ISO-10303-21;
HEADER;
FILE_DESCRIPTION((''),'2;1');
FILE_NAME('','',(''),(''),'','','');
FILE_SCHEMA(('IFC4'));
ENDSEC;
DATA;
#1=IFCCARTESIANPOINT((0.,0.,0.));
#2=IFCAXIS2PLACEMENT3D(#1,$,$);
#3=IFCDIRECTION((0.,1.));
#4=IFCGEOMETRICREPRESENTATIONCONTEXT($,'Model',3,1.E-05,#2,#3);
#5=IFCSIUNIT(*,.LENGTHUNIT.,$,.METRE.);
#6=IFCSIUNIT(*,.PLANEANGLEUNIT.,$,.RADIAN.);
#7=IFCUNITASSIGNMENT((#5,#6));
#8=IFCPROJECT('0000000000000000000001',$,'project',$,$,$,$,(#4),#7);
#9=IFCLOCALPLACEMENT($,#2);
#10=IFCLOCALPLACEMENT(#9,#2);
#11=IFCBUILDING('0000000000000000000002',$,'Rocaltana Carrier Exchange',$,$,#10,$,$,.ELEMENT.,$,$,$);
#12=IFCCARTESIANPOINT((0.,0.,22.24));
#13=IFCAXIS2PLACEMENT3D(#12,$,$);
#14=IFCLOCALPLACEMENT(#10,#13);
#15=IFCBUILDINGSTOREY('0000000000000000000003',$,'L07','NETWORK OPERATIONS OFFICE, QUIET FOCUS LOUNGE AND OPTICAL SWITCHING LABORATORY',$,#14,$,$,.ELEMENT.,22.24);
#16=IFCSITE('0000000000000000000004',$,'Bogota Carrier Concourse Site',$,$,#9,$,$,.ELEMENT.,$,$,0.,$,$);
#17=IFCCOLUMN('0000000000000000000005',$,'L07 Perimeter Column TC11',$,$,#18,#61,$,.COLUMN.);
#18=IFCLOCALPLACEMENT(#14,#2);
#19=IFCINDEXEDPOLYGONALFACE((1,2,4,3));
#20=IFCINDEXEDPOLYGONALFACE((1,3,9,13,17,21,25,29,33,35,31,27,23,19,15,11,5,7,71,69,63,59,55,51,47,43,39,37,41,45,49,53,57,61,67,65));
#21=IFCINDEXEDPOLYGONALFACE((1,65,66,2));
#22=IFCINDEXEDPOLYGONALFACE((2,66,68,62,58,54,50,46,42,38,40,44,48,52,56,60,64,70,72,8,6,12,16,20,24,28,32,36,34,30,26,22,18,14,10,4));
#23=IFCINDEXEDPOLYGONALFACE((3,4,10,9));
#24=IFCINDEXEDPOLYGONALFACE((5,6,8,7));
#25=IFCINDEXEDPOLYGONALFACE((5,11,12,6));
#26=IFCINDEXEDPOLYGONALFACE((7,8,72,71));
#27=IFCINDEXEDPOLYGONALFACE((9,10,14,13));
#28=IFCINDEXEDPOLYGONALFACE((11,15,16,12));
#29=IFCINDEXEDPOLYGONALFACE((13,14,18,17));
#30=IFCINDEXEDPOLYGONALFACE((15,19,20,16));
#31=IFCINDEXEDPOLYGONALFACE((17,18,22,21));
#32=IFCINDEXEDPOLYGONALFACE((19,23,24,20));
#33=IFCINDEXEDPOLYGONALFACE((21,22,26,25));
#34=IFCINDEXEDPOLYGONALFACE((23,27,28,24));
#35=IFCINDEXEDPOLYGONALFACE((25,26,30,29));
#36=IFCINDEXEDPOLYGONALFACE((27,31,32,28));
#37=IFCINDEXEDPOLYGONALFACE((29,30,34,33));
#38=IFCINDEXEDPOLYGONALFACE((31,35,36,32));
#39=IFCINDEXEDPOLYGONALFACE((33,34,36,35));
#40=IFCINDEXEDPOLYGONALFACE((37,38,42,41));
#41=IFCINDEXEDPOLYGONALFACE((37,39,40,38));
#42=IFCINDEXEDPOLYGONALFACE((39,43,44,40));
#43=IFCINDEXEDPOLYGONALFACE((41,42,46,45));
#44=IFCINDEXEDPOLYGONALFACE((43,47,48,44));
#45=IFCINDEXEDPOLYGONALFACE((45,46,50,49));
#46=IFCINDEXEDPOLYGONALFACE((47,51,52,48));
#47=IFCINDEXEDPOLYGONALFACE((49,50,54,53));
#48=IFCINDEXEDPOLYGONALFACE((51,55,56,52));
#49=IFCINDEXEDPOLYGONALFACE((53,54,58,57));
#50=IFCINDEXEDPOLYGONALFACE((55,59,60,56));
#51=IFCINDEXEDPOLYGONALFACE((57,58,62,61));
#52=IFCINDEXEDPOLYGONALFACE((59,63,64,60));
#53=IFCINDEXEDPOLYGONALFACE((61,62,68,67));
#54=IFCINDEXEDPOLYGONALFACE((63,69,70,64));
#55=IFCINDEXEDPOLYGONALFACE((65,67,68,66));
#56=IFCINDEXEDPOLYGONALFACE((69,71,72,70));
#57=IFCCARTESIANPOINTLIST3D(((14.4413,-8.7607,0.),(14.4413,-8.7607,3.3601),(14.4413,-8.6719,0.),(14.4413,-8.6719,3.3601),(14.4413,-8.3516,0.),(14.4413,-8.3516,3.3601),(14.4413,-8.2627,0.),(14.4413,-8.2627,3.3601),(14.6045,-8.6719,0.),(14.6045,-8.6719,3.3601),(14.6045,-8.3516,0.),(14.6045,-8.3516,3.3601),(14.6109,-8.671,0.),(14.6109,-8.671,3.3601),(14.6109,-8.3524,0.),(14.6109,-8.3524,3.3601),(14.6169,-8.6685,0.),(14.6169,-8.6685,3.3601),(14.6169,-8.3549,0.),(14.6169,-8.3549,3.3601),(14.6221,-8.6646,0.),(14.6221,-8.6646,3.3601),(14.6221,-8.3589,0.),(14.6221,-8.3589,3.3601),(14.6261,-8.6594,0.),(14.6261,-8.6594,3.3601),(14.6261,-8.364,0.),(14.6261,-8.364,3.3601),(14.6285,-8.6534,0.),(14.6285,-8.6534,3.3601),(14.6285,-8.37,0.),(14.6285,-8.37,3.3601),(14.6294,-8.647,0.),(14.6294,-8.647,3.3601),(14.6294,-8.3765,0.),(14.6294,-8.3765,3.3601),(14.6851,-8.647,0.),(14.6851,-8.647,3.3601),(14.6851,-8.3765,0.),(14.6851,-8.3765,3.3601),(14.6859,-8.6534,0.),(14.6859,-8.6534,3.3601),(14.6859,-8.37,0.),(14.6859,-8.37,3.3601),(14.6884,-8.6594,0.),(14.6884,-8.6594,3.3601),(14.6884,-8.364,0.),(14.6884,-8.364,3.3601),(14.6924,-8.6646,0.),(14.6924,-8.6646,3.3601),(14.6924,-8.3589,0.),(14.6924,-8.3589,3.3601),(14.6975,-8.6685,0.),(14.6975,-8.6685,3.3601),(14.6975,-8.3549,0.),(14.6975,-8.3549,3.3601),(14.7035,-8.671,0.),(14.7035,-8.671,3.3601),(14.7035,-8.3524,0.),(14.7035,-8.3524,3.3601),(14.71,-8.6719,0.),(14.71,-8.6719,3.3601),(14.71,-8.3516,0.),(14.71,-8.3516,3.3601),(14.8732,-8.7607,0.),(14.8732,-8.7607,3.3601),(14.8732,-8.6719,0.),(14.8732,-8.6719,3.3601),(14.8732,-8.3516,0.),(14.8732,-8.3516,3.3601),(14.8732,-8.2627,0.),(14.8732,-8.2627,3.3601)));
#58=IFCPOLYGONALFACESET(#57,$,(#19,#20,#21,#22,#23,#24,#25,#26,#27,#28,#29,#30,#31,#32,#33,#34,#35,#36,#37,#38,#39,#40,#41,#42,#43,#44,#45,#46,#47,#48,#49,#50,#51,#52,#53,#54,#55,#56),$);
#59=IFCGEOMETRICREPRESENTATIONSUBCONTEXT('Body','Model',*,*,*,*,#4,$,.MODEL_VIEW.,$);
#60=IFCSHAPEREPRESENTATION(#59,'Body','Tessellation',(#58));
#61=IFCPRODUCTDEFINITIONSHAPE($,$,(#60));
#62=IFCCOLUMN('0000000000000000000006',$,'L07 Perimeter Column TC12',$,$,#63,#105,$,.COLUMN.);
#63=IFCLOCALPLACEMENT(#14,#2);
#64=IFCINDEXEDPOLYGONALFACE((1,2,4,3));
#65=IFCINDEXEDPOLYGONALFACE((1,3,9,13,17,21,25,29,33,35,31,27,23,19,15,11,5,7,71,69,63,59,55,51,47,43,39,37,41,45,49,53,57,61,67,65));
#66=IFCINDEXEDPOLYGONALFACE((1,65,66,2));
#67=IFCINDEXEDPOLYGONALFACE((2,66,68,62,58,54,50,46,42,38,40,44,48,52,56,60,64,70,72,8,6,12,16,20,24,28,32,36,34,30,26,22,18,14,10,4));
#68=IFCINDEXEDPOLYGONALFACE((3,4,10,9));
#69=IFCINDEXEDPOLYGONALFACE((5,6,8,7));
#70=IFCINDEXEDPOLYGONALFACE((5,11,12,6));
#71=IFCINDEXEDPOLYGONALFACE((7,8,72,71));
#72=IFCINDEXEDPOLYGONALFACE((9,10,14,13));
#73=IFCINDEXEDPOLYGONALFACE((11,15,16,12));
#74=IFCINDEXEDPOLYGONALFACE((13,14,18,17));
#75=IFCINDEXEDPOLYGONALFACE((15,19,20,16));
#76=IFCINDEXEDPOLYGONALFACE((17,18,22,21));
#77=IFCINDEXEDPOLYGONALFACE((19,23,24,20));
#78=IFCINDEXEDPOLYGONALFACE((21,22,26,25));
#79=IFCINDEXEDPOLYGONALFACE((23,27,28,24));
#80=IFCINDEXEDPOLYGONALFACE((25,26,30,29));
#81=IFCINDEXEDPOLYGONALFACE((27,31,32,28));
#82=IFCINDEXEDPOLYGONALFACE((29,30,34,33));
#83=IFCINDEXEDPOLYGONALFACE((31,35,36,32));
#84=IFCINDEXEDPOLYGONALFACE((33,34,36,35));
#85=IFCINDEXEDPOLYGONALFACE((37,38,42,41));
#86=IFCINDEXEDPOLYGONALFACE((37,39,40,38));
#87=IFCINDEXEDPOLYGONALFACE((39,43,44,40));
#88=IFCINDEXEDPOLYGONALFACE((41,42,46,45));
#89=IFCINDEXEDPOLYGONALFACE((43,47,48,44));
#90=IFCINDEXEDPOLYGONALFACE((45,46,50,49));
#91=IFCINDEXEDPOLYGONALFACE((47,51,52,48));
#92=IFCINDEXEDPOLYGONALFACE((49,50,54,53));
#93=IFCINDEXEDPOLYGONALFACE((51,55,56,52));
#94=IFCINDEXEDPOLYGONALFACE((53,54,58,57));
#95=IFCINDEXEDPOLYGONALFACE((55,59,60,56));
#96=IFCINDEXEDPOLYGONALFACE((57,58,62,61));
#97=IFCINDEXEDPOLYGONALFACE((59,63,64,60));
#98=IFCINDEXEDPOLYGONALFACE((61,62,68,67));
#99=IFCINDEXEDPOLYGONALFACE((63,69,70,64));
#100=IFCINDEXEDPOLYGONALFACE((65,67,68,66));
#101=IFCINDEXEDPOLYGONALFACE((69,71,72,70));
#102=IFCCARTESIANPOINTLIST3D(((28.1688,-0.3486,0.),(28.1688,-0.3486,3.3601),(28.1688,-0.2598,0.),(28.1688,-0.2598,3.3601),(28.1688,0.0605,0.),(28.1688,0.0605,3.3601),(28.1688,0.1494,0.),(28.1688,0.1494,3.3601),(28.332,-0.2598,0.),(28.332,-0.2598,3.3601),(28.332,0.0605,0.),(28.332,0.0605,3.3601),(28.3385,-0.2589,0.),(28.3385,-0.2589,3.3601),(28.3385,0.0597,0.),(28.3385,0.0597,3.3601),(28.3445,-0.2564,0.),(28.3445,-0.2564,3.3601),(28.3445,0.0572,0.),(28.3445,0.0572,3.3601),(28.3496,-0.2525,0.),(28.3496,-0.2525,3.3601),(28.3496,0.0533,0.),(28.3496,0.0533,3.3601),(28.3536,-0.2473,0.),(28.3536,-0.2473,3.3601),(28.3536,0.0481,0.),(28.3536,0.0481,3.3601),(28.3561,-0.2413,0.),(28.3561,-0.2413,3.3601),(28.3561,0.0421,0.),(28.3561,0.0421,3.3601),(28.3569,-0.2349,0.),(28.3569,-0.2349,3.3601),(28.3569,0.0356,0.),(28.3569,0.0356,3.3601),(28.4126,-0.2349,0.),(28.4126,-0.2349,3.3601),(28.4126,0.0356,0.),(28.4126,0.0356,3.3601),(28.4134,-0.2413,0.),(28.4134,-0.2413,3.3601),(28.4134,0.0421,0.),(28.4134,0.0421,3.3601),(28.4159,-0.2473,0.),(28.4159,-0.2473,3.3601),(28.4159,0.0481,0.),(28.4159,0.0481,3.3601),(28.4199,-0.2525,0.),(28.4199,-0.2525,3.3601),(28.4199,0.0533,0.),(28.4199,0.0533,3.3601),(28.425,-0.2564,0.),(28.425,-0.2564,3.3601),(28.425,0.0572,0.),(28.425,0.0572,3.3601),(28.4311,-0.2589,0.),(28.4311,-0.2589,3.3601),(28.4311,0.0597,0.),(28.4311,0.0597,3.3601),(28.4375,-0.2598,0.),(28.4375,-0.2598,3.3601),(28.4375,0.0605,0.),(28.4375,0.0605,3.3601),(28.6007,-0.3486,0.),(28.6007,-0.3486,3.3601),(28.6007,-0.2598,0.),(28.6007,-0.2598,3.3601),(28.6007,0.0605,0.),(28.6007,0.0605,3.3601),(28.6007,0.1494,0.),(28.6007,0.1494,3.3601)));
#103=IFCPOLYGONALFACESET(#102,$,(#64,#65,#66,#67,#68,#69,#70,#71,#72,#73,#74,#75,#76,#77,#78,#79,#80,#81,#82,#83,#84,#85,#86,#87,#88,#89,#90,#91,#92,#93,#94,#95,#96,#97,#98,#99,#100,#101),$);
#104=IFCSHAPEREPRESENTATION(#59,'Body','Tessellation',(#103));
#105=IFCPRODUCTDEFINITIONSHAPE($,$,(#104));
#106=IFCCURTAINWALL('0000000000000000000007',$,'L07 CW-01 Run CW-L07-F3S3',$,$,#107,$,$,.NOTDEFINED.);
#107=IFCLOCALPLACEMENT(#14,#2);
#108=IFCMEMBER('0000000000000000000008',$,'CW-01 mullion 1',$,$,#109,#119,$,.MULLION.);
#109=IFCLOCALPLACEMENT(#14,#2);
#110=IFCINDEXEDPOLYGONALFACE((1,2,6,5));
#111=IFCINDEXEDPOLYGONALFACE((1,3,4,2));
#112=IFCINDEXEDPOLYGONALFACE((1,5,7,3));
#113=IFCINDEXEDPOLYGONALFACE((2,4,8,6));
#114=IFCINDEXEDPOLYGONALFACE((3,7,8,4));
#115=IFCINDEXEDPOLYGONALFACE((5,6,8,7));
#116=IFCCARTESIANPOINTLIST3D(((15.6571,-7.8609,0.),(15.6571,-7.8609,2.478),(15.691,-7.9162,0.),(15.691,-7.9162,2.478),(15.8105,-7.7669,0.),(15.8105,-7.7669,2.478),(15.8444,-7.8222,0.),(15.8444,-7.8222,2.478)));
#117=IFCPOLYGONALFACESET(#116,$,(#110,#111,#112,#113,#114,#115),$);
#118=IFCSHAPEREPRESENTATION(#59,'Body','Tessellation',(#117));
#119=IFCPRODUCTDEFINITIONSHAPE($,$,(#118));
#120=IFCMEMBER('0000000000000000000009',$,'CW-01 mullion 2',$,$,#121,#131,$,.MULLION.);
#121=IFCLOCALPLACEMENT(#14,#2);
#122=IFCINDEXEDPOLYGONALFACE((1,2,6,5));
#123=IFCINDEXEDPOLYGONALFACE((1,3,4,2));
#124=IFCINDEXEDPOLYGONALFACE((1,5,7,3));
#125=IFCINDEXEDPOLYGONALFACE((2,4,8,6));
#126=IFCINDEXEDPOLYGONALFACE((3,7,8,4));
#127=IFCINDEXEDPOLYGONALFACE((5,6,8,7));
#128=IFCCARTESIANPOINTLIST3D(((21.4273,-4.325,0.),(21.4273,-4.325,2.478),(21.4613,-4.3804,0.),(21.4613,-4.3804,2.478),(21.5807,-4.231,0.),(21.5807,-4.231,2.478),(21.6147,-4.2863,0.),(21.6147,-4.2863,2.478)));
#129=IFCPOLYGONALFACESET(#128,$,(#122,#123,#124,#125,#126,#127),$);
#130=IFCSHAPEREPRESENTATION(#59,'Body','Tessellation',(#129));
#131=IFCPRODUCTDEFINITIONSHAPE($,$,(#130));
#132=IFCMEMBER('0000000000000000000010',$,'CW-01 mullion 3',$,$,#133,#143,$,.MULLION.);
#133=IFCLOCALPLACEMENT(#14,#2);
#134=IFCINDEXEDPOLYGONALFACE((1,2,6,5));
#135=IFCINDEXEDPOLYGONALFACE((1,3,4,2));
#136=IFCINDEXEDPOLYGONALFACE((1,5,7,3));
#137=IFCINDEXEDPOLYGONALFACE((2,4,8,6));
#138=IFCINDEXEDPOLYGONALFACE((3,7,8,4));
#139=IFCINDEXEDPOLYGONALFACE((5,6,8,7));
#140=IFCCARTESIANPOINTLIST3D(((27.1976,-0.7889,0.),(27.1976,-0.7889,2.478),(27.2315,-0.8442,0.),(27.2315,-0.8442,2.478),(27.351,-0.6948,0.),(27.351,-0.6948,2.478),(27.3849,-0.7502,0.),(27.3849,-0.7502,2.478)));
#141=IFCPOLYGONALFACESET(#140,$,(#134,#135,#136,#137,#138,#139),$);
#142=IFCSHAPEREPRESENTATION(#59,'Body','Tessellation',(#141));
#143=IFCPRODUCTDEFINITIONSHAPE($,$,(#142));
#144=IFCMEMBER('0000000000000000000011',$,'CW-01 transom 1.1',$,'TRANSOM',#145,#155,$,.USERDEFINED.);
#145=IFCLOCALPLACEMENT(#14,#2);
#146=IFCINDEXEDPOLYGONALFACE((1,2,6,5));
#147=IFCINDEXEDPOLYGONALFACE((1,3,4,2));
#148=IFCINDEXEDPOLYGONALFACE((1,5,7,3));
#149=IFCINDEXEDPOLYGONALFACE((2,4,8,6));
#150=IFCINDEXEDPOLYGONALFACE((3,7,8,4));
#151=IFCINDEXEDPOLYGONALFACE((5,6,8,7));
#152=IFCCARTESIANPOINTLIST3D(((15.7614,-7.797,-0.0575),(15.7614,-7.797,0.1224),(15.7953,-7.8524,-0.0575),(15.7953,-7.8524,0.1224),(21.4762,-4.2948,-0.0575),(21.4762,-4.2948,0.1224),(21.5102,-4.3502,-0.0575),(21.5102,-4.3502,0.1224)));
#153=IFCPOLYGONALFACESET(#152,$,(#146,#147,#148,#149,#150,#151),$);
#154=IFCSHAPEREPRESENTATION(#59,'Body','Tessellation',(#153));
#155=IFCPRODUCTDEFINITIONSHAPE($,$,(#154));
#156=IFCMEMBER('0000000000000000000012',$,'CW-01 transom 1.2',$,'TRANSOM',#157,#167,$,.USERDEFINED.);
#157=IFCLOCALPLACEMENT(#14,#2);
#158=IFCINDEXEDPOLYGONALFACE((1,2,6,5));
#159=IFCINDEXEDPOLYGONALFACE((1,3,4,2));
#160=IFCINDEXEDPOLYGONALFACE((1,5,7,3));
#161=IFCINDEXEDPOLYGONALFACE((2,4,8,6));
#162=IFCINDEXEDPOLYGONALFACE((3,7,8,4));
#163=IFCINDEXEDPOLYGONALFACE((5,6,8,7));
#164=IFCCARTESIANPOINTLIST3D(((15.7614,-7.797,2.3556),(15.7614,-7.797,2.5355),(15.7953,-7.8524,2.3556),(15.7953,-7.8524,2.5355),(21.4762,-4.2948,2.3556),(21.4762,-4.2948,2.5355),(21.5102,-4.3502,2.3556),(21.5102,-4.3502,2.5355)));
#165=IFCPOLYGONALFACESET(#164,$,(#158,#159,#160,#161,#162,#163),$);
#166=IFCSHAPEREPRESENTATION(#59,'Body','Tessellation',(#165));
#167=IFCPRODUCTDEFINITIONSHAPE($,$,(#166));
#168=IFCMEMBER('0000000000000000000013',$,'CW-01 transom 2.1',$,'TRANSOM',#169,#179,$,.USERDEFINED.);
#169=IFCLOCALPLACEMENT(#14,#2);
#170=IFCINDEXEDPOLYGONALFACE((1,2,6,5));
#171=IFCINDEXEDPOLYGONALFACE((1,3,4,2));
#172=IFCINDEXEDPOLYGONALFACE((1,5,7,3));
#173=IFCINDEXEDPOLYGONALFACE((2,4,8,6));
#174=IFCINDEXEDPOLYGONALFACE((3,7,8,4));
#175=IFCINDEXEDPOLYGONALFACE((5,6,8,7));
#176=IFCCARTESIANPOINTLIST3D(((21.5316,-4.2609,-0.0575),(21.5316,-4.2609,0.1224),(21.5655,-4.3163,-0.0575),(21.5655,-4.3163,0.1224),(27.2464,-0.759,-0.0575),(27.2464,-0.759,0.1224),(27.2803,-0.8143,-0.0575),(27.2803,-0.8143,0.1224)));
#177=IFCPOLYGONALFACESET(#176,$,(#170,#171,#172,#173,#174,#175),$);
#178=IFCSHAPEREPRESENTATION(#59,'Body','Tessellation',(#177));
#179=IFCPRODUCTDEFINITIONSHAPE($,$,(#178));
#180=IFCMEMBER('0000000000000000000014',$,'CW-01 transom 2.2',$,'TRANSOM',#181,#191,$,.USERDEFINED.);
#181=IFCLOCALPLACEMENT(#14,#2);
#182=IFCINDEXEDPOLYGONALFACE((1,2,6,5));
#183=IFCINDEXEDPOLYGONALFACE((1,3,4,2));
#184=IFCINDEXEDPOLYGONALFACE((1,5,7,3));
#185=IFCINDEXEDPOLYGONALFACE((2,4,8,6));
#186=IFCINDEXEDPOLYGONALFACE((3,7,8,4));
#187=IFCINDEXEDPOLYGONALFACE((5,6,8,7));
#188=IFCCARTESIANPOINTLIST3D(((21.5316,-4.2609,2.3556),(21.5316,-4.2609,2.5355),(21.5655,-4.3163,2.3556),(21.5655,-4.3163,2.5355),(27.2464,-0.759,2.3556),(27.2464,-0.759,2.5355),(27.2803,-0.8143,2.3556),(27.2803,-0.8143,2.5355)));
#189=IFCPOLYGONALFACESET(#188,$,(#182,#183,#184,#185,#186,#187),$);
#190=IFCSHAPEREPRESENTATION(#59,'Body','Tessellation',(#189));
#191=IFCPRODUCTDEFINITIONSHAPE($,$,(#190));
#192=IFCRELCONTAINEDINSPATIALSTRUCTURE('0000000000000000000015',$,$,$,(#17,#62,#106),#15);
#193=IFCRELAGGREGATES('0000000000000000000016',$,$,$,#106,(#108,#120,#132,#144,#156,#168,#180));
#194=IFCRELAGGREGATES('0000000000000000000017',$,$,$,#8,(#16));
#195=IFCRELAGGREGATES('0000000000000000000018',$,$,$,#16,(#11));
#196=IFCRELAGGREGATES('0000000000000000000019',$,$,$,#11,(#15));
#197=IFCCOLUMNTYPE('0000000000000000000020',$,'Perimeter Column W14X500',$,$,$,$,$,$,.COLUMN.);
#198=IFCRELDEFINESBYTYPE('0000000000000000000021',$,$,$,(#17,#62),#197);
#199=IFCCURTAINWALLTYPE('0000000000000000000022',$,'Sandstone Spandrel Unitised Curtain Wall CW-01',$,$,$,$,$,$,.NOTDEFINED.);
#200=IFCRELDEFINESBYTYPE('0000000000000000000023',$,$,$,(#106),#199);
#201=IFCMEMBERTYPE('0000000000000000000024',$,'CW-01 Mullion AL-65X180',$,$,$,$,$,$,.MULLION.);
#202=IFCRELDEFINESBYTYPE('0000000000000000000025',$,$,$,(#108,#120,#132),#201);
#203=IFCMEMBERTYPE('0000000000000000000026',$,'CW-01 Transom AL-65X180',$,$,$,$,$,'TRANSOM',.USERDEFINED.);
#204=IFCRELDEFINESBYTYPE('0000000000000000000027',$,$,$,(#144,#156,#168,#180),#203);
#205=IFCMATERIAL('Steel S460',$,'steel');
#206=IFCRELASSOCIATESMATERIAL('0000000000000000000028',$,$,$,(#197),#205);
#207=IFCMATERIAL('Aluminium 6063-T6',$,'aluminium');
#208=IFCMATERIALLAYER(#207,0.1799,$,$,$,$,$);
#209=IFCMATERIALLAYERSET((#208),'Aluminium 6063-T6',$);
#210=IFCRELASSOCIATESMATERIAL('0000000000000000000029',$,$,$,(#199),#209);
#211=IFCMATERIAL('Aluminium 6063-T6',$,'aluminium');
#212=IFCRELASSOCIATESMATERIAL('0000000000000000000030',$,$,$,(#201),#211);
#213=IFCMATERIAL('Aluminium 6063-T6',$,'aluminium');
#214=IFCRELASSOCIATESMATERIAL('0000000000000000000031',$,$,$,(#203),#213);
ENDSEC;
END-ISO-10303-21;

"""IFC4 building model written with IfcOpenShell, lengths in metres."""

from ifc_helpers import new_model, si_unit, direction, frame, origin, origin_2d, place, context, subcontext, project, spatial, rectangle, i_section, extrude, material, layer, layer_set, material_profile, profile_set, type_object, element, aggregate, save


model = new_model("IFC4")

# Units and contexts
model_context = context("Model", 3, precision=1e-05, world=origin(), true_north=direction((0.0, 1.0)))
body_context = subcontext(model_context, "Body", "Model", "MODEL_VIEW")
ifc_project = project(units=[si_unit("LENGTHUNIT", "METRE"), si_unit("PLANEANGLEUNIT", "RADIAN")], contexts=[model_context])

# Site, building, storey
site_placement = place(None, origin())
site = spatial("IfcSite", under=ifc_project, at=site_placement, Name="Bogota Carrier Concourse Site", CompositionType="ELEMENT", RefElevation=0.0)
building_placement = place(site_placement, origin())
building = spatial("IfcBuilding", under=site, at=building_placement, Name="Rocaltana Carrier Exchange", CompositionType="ELEMENT")
storey_placement = place(building_placement, frame((0.0, 0.0, 22.24)))
storey = spatial("IfcBuildingStorey", under=building, at=storey_placement, Name="L07", Description="NETWORK OPERATIONS OFFICE, QUIET FOCUS LOUNGE AND OPTICAL SWITCHING LABORATORY", CompositionType="ELEMENT", Elevation=22.24)

# Columns
ifc_material_1 = material(Name="Steel S460", Category="steel")
ifc_material_profile_1 = material_profile(ifc_material_1, i_section(OverallWidth=0.4319, OverallDepth=0.498, WebThickness=0.0557, FlangeThickness=0.0889, FilletRadius=0.0249, at=origin_2d()), Name="W14X500")
ifc_profile_set_1 = profile_set([ifc_material_profile_1], Name="Steel S460")
column_type = type_object("IfcColumnType", Name="Perimeter Column W14X500", PredefinedType="COLUMN", material=ifc_profile_set_1)
for number, where, z_axis, x_axis, name in (
    (1, (14.6572, -8.5117, 0.0), (0.0, 0.0, 1.0), (1.0, 0.0, 0.0), "L07 Perimeter Column TC11"),
    (2, (28.3848, -0.0996, 0.0), (0.0, 0.0, 1.0), (1.0, 0.0, 0.0), "L07 Perimeter Column TC12"),
):
    element("IfcColumn", number, at=place(storey_placement, frame(where, z_axis=z_axis, x_axis=x_axis)), inside=storey, type_object=column_type, Name=name, PredefinedType="COLUMN", context=body_context, shape_type="SweptSolid", body=[
        extrude(i_section(OverallWidth=0.4319, OverallDepth=0.498, WebThickness=0.0557, FlangeThickness=0.0889, FilletRadius=0.0249, at=origin_2d()), origin(), (0.0, 0.0, 1.0), 3.3601),
    ])

# Curtain wall, members
ifc_material_2 = material(Name="Aluminium 6063-T6", Category="aluminium")
ifc_layer_1 = layer(ifc_material_2, 0.1799)
ifc_layer_set_1 = layer_set([ifc_layer_1], Name="Aluminium 6063-T6")
curtain_wall_type = type_object("IfcCurtainWallType", Name="Sandstone Spandrel Unitised Curtain Wall CW-01", PredefinedType="NOTDEFINED", material=ifc_layer_set_1)
curtain_wall_placement = place(storey_placement, origin())
curtain_wall = element("IfcCurtainWall", 3, at=curtain_wall_placement, inside=storey, type_object=curtain_wall_type, Name="L07 CW-01 Run CW-L07-F3S3", PredefinedType="NOTDEFINED")
ifc_material_3 = material(Name="Aluminium 6063-T6", Category="aluminium")
ifc_material_profile_2 = material_profile(ifc_material_3, rectangle(XDim=0.0649, YDim=0.1799, at=origin_2d()), Name="AL-65X180")
ifc_profile_set_2 = profile_set([ifc_material_profile_2], Name="Aluminium 6063-T6")
member_type_1 = type_object("IfcMemberType", Name="CW-01 Mullion AL-65X180", PredefinedType="MULLION", material=ifc_profile_set_2)
member_1_placement = place(storey_placement, frame((15.7507, -7.8416, 0.0), z_axis=(0.0, 0.0, 1.0), x_axis=(-0.5225, 0.852639, 0.0)))
member_1 = element("IfcMember", 4, at=member_1_placement, type_object=member_type_1, Name="CW-01 mullion 1", PredefinedType="MULLION", context=body_context, shape_type="SweptSolid", body=[
    extrude(rectangle(XDim=0.0649, YDim=0.1799, at=origin_2d()), origin(), (0.0, 0.0, 1.0), 2.478),
])
member_2_placement = place(storey_placement, frame((21.521, -4.3057, 0.0), z_axis=(0.0, 0.0, 1.0), x_axis=(-0.5225, 0.852639, 0.0)))
member_2 = element("IfcMember", 5, at=member_2_placement, type_object=member_type_1, Name="CW-01 mullion 2", PredefinedType="MULLION", context=body_context, shape_type="SweptSolid", body=[
    extrude(rectangle(XDim=0.0649, YDim=0.1799, at=origin_2d()), origin(), (0.0, 0.0, 1.0), 2.478),
])
member_3_placement = place(storey_placement, frame((27.2913, -0.7695, 0.0), z_axis=(0.0, 0.0, 1.0), x_axis=(-0.5225, 0.852639, 0.0)))
member_3 = element("IfcMember", 6, at=member_3_placement, type_object=member_type_1, Name="CW-01 mullion 3", PredefinedType="MULLION", context=body_context, shape_type="SweptSolid", body=[
    extrude(rectangle(XDim=0.0649, YDim=0.1799, at=origin_2d()), origin(), (0.0, 0.0, 1.0), 2.478),
])
ifc_material_4 = material(Name="Aluminium 6063-T6", Category="aluminium")
ifc_material_profile_3 = material_profile(ifc_material_4, rectangle(XDim=0.0649, YDim=0.1799, at=origin_2d()), Name="AL-65X180")
ifc_profile_set_3 = profile_set([ifc_material_profile_3], Name="Aluminium 6063-T6")
member_type_2 = type_object("IfcMemberType", Name="CW-01 Transom AL-65X180", ElementType="TRANSOM", PredefinedType="USERDEFINED", material=ifc_profile_set_3)
member_4_placement = place(storey_placement, frame((15.7783, -7.8247, 0.0325), z_axis=(0.852631, 0.522513, 0.0), x_axis=(-0.522513, 0.852631, 0.0)))
member_4 = element("IfcMember", 7, at=member_4_placement, type_object=member_type_2, Name="CW-01 transom 1.1", ObjectType="TRANSOM", PredefinedType="USERDEFINED", context=body_context, shape_type="SweptSolid", body=[
    extrude(rectangle(XDim=0.0649, YDim=0.1799, at=origin_2d()), origin(), (0.0, 0.0, 1.0), 6.7026),
])
member_5_placement = place(storey_placement, frame((15.7783, -7.8247, 2.4456), z_axis=(0.852631, 0.522513, 0.0), x_axis=(-0.522513, 0.852631, 0.0)))
member_5 = element("IfcMember", 8, at=member_5_placement, type_object=member_type_2, Name="CW-01 transom 1.2", ObjectType="TRANSOM", PredefinedType="USERDEFINED", context=body_context, shape_type="SweptSolid", body=[
    extrude(rectangle(XDim=0.0649, YDim=0.1799, at=origin_2d()), origin(), (0.0, 0.0, 1.0), 6.7026),
])
member_6_placement = place(storey_placement, frame((21.5486, -4.2886, 0.0325), z_axis=(0.852647, 0.522487, 0.0), x_axis=(-0.522487, 0.852647, 0.0)))
member_6 = element("IfcMember", 9, at=member_6_placement, type_object=member_type_2, Name="CW-01 transom 2.1", ObjectType="TRANSOM", PredefinedType="USERDEFINED", context=body_context, shape_type="SweptSolid", body=[
    extrude(rectangle(XDim=0.0649, YDim=0.1799, at=origin_2d()), origin(), (0.0, 0.0, 1.0), 6.7024),
])
member_7_placement = place(storey_placement, frame((21.5486, -4.2886, 2.4456), z_axis=(0.852647, 0.522487, 0.0), x_axis=(-0.522487, 0.852647, 0.0)))
member_7 = element("IfcMember", 10, at=member_7_placement, type_object=member_type_2, Name="CW-01 transom 2.2", ObjectType="TRANSOM", PredefinedType="USERDEFINED", context=body_context, shape_type="SweptSolid", body=[
    extrude(rectangle(XDim=0.0649, YDim=0.1799, at=origin_2d()), origin(), (0.0, 0.0, 1.0), 6.7024),
])

aggregate(curtain_wall, [member_1, member_2, member_3, member_4, member_5, member_6, member_7])

save(model, "model.ifc")
